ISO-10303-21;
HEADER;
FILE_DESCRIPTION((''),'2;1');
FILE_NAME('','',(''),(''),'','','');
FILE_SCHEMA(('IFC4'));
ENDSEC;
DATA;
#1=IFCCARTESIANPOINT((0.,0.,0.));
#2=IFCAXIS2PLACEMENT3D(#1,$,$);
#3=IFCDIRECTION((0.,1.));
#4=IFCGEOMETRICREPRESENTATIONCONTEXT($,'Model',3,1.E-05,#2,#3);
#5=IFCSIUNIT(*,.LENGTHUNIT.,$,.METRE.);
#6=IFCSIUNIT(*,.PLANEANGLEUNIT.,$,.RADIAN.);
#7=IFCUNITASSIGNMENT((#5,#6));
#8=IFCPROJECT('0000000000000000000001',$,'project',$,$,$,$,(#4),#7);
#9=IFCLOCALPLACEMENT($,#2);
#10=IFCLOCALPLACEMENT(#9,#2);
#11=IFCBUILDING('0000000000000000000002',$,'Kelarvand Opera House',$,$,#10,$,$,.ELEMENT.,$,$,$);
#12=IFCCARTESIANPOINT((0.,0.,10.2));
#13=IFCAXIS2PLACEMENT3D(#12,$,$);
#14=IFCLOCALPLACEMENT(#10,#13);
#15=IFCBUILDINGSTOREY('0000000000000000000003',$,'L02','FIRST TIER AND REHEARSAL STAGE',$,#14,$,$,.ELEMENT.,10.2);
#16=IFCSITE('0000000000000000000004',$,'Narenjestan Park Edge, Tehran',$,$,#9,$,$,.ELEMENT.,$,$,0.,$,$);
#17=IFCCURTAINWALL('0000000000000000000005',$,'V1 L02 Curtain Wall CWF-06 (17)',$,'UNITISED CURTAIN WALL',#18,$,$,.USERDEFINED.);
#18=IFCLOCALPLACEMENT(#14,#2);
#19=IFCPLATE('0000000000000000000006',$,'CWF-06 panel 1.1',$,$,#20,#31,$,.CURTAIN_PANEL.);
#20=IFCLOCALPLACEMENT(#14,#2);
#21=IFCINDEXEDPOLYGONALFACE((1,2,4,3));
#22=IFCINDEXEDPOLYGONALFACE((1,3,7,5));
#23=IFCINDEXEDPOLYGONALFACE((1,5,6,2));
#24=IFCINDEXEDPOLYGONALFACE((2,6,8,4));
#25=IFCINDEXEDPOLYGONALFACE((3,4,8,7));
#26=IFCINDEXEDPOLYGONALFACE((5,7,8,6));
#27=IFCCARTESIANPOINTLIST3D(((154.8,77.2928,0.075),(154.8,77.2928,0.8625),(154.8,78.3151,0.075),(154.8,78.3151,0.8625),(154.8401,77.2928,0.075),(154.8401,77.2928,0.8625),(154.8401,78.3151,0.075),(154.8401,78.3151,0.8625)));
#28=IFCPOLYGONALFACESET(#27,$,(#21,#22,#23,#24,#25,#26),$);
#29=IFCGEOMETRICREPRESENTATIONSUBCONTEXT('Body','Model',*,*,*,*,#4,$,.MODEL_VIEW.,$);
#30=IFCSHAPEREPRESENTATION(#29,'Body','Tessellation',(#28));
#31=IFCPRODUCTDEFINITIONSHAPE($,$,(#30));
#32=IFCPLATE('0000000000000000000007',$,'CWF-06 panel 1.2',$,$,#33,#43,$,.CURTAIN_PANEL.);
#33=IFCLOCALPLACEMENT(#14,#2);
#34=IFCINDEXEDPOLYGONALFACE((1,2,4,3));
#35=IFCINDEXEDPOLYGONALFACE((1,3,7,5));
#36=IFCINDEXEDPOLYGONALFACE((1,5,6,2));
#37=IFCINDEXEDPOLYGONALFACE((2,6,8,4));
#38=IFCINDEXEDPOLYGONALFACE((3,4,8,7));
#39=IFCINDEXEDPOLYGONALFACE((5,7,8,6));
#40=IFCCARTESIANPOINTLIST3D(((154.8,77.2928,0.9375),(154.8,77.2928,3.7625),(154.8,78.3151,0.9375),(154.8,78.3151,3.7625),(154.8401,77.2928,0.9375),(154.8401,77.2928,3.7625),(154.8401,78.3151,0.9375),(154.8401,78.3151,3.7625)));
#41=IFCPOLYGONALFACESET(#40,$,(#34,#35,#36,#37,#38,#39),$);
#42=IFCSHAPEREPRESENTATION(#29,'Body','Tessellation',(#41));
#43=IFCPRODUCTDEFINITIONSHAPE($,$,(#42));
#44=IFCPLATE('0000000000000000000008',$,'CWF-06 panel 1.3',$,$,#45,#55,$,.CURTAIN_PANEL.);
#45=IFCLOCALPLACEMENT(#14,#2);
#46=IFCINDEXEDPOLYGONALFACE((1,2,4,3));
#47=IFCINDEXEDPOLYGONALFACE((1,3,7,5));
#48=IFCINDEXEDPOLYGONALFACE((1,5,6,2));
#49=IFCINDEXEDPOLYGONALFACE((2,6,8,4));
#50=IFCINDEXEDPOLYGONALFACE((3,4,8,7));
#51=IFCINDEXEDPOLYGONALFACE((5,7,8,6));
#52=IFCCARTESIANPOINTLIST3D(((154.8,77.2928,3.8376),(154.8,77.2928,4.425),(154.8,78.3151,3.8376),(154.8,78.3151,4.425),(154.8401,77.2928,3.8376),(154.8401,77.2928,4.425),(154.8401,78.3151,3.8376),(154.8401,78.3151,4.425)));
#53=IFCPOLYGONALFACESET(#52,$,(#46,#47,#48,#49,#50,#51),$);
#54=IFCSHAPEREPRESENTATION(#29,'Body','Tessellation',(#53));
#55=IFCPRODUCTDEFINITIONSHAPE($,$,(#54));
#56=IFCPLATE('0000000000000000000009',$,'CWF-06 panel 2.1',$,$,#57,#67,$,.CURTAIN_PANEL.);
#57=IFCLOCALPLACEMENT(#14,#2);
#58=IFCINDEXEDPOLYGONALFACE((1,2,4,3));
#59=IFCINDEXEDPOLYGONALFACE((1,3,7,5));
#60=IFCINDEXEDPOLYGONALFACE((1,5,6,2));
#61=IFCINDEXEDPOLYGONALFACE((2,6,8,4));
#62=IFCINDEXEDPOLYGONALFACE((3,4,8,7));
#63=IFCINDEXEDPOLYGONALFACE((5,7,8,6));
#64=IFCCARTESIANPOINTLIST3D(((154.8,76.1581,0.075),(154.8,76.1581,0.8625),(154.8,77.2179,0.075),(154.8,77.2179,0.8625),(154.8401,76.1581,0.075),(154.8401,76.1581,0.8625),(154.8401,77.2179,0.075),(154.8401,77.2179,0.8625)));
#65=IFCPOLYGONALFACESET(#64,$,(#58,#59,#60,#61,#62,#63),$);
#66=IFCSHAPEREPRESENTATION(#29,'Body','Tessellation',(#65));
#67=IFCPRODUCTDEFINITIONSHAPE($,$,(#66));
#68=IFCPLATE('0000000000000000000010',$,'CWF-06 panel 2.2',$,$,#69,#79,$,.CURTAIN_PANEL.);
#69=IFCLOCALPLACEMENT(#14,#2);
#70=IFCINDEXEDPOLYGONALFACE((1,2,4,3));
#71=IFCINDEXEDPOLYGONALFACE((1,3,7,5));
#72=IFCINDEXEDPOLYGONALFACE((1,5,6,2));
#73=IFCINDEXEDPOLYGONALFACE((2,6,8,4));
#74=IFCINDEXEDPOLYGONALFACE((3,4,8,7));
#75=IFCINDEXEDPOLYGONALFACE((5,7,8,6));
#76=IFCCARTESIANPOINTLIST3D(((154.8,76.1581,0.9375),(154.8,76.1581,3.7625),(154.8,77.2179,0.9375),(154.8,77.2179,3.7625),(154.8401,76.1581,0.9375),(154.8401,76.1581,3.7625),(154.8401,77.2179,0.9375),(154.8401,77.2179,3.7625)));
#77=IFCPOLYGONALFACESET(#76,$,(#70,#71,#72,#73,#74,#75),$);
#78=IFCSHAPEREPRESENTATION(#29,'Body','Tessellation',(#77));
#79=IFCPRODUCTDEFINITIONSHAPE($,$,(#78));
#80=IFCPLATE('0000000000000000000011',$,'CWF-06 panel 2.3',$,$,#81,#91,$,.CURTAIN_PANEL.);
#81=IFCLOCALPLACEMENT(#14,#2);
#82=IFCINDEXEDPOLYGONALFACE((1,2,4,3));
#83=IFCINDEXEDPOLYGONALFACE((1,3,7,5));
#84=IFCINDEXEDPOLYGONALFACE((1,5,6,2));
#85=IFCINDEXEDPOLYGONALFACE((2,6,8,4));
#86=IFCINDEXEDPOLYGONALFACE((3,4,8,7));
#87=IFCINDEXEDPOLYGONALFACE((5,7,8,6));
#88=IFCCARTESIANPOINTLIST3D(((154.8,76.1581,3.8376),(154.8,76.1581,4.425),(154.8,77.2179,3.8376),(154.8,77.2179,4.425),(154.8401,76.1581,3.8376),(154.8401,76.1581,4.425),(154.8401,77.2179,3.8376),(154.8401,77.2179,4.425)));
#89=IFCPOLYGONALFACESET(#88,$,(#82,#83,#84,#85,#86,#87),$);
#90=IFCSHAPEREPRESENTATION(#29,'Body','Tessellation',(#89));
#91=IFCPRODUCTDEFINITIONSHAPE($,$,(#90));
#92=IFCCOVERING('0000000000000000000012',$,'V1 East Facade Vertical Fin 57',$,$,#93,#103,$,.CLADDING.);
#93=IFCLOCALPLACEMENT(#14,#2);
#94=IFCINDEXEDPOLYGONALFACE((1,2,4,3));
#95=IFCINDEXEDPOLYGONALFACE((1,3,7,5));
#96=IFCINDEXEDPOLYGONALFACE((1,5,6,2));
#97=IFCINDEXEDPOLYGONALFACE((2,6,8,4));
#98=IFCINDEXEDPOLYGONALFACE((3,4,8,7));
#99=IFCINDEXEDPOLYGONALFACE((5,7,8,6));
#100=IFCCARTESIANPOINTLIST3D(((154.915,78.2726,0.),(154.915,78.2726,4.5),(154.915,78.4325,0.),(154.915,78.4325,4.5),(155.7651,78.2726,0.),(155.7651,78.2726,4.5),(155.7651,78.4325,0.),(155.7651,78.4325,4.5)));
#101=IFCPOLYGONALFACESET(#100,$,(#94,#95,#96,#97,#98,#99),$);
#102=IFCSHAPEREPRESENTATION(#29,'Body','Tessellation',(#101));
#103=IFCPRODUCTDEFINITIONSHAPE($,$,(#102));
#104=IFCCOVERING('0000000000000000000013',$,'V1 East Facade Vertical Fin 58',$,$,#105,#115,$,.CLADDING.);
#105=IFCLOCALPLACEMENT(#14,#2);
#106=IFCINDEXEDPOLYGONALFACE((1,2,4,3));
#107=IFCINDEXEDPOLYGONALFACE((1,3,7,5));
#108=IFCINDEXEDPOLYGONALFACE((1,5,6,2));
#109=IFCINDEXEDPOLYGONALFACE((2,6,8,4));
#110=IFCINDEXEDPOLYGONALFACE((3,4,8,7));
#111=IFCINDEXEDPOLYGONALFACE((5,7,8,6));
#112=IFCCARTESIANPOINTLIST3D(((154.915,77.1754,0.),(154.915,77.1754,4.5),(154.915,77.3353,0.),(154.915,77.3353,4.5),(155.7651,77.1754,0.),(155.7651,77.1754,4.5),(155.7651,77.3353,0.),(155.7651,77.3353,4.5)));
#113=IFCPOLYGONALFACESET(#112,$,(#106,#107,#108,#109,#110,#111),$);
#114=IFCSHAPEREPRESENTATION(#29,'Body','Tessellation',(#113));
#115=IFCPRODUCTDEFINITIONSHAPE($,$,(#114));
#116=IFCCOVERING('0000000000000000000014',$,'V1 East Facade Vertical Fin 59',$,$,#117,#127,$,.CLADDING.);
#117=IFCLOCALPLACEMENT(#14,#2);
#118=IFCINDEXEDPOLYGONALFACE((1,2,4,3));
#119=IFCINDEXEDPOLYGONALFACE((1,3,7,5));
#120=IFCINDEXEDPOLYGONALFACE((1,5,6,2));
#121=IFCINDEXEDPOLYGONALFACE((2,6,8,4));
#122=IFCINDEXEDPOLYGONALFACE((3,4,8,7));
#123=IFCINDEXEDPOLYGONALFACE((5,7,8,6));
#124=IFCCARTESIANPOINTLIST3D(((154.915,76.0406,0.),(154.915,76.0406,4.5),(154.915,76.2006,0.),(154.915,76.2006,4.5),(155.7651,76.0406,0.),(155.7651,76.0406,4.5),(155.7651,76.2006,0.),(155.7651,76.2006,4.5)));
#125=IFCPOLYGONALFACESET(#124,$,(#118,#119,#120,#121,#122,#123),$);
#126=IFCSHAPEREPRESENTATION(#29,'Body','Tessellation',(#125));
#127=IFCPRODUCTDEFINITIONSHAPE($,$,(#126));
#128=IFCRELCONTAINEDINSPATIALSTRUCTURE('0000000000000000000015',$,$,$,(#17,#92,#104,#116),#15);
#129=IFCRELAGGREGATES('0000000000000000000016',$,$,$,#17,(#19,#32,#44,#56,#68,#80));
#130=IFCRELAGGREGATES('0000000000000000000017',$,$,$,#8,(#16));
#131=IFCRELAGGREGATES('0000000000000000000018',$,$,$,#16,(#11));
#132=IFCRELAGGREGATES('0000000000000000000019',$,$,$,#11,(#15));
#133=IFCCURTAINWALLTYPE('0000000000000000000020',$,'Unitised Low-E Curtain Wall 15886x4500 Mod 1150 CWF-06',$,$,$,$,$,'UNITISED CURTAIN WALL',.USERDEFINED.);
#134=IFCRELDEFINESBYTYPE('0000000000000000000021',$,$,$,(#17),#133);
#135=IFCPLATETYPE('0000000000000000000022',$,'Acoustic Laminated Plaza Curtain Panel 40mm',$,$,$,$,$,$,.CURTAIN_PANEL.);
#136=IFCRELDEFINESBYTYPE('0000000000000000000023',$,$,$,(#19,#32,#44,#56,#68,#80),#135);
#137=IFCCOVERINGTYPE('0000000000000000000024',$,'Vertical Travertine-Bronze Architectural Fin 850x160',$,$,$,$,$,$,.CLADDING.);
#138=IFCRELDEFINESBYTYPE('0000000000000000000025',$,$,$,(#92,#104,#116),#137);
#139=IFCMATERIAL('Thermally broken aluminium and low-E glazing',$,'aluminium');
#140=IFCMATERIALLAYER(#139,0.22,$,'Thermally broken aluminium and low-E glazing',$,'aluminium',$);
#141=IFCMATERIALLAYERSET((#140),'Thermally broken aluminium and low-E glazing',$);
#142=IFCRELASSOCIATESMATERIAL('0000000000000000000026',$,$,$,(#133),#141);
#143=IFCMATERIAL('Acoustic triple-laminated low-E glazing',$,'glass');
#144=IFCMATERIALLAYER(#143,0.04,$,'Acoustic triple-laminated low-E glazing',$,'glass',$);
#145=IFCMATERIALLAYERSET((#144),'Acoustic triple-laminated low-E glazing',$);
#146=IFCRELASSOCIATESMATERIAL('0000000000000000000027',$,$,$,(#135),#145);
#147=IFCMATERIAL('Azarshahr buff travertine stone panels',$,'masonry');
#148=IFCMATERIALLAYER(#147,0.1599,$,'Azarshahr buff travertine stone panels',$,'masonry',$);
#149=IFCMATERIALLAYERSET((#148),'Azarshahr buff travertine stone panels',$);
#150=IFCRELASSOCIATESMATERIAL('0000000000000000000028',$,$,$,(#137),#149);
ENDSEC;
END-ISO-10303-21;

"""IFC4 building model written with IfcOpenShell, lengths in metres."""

from ifc_helpers import new_model, si_unit, direction, frame, origin, origin_2d, place, context, subcontext, project, spatial, rectangle, extrude, material, layer, layer_set, type_object, element, aggregate, save


model = new_model("IFC4")

# Units and contexts
model_context = context("Model", 3, precision=1e-05, world=origin(), true_north=direction((0.0, 1.0)))
body_context = subcontext(model_context, "Body", "Model", "MODEL_VIEW")
ifc_project = project(units=[si_unit("LENGTHUNIT", "METRE"), si_unit("PLANEANGLEUNIT", "RADIAN")], contexts=[model_context])

# Site, building, storey
site_placement = place(None, origin())
site = spatial("IfcSite", under=ifc_project, at=site_placement, Name="Narenjestan Park Edge, Tehran", CompositionType="ELEMENT", RefElevation=0.0)
building_placement = place(site_placement, origin())
building = spatial("IfcBuilding", under=site, at=building_placement, Name="Kelarvand Opera House", CompositionType="ELEMENT")
storey_placement = place(building_placement, frame((0.0, 0.0, 10.2)))
storey = spatial("IfcBuildingStorey", under=building, at=storey_placement, Name="L02", Description="FIRST TIER AND REHEARSAL STAGE", CompositionType="ELEMENT", Elevation=10.2)

# Curtain wall, plates
ifc_material_1 = material(Name="Thermally broken aluminium and low-E glazing", Category="aluminium")
ifc_layer_1 = layer(ifc_material_1, 0.22, Name="Thermally broken aluminium and low-E glazing", Category="aluminium")
ifc_layer_set_1 = layer_set([ifc_layer_1], Name="Thermally broken aluminium and low-E glazing")
curtain_wall_type = type_object("IfcCurtainWallType", Name="Unitised Low-E Curtain Wall 15886x4500 Mod 1150 CWF-06", ElementType="UNITISED CURTAIN WALL", PredefinedType="USERDEFINED", material=ifc_layer_set_1)
curtain_wall_placement = place(storey_placement, origin())
curtain_wall = element("IfcCurtainWall", 1, at=curtain_wall_placement, inside=storey, type_object=curtain_wall_type, Name="V1 L02 Curtain Wall CWF-06 (17)", ObjectType="UNITISED CURTAIN WALL", PredefinedType="USERDEFINED")
ifc_material_2 = material(Name="Acoustic triple-laminated low-E glazing", Category="glass")
ifc_layer_2 = layer(ifc_material_2, 0.04, Name="Acoustic triple-laminated low-E glazing", Category="glass")
ifc_layer_set_2 = layer_set([ifc_layer_2], Name="Acoustic triple-laminated low-E glazing")
plate_type = type_object("IfcPlateType", Name="Acoustic Laminated Plaza Curtain Panel 40mm", PredefinedType="CURTAIN_PANEL", material=ifc_layer_set_2)
plate_1_placement = place(storey_placement, frame((154.8201, 77.804, 0.075), z_axis=(0.0, 0.0, 1.0), x_axis=(0.0, -1.0, 0.0)))
plate_1 = element("IfcPlate", 2, at=plate_1_placement, type_object=plate_type, Name="CWF-06 panel 1.1", PredefinedType="CURTAIN_PANEL", context=body_context, shape_type="SweptSolid", body=[
    extrude(rectangle(XDim=1.0222, YDim=0.04, at=origin_2d()), origin(), (0.0, 0.0, 1.0), 0.7876),
])
plate_2_placement = place(storey_placement, frame((154.8201, 77.804, 0.9375), z_axis=(0.0, 0.0, 1.0), x_axis=(0.0, -1.0, 0.0)))
plate_2 = element("IfcPlate", 3, at=plate_2_placement, type_object=plate_type, Name="CWF-06 panel 1.2", PredefinedType="CURTAIN_PANEL", context=body_context, shape_type="SweptSolid", body=[
    extrude(rectangle(XDim=1.0222, YDim=0.04, at=origin_2d()), origin(), (0.0, 0.0, 1.0), 2.825),
])
plate_3_placement = place(storey_placement, frame((154.8201, 77.804, 3.8376), z_axis=(0.0, 0.0, 1.0), x_axis=(0.0, -1.0, 0.0)))
plate_3 = element("IfcPlate", 4, at=plate_3_placement, type_object=plate_type, Name="CWF-06 panel 1.3", PredefinedType="CURTAIN_PANEL", context=body_context, shape_type="SweptSolid", body=[
    extrude(rectangle(XDim=1.0222, YDim=0.04, at=origin_2d()), origin(), (0.0, 0.0, 1.0), 0.5874),
])
plate_4_placement = place(storey_placement, frame((154.8201, 76.688, 0.075), z_axis=(0.0, 0.0, 1.0), x_axis=(0.0, -1.0, 0.0)))
plate_4 = element("IfcPlate", 5, at=plate_4_placement, type_object=plate_type, Name="CWF-06 panel 2.1", PredefinedType="CURTAIN_PANEL", context=body_context, shape_type="SweptSolid", body=[
    extrude(rectangle(XDim=1.0598, YDim=0.04, at=origin_2d()), origin(), (0.0, 0.0, 1.0), 0.7876),
])
plate_5_placement = place(storey_placement, frame((154.8201, 76.688, 0.9375), z_axis=(0.0, 0.0, 1.0), x_axis=(0.0, -1.0, 0.0)))
plate_5 = element("IfcPlate", 6, at=plate_5_placement, type_object=plate_type, Name="CWF-06 panel 2.2", PredefinedType="CURTAIN_PANEL", context=body_context, shape_type="SweptSolid", body=[
    extrude(rectangle(XDim=1.0598, YDim=0.04, at=origin_2d()), origin(), (0.0, 0.0, 1.0), 2.825),
])
plate_6_placement = place(storey_placement, frame((154.8201, 76.688, 3.8376), z_axis=(0.0, 0.0, 1.0), x_axis=(0.0, -1.0, 0.0)))
plate_6 = element("IfcPlate", 7, at=plate_6_placement, type_object=plate_type, Name="CWF-06 panel 2.3", PredefinedType="CURTAIN_PANEL", context=body_context, shape_type="SweptSolid", body=[
    extrude(rectangle(XDim=1.0598, YDim=0.04, at=origin_2d()), origin(), (0.0, 0.0, 1.0), 0.5874),
])
aggregate(curtain_wall, [plate_1, plate_2, plate_3, plate_4, plate_5, plate_6])

# Coverings
ifc_material_3 = material(Name="Azarshahr buff travertine stone panels", Category="masonry")
ifc_layer_3 = layer(ifc_material_3, 0.1599, Name="Azarshahr buff travertine stone panels", Category="masonry")
ifc_layer_set_3 = layer_set([ifc_layer_3], Name="Azarshahr buff travertine stone panels")
covering_type = type_object("IfcCoveringType", Name="Vertical Travertine-Bronze Architectural Fin 850x160", PredefinedType="CLADDING", material=ifc_layer_set_3)
for number, where, z_axis, x_axis, name in (
    (8, (155.3401, 78.3525, 0.0), (0.0, 0.0, 1.0), (1.0, 0.0, 0.0), "V1 East Facade Vertical Fin 57"),
    (9, (155.3401, 77.2554, 0.0), (0.0, 0.0, 1.0), (1.0, 0.0, 0.0), "V1 East Facade Vertical Fin 58"),
    (10, (155.3401, 76.1206, 0.0), (0.0, 0.0, 1.0), (1.0, 0.0, 0.0), "V1 East Facade Vertical Fin 59"),
):
    element("IfcCovering", number, at=place(storey_placement, frame(where, z_axis=z_axis, x_axis=x_axis)), inside=storey, type_object=covering_type, Name=name, PredefinedType="CLADDING", context=body_context, shape_type="SweptSolid", body=[
        extrude(rectangle(XDim=0.8501, YDim=0.1599, at=origin_2d()), origin(), (0.0, 0.0, 1.0), 4.5),
    ])

save(model, "model.ifc")
